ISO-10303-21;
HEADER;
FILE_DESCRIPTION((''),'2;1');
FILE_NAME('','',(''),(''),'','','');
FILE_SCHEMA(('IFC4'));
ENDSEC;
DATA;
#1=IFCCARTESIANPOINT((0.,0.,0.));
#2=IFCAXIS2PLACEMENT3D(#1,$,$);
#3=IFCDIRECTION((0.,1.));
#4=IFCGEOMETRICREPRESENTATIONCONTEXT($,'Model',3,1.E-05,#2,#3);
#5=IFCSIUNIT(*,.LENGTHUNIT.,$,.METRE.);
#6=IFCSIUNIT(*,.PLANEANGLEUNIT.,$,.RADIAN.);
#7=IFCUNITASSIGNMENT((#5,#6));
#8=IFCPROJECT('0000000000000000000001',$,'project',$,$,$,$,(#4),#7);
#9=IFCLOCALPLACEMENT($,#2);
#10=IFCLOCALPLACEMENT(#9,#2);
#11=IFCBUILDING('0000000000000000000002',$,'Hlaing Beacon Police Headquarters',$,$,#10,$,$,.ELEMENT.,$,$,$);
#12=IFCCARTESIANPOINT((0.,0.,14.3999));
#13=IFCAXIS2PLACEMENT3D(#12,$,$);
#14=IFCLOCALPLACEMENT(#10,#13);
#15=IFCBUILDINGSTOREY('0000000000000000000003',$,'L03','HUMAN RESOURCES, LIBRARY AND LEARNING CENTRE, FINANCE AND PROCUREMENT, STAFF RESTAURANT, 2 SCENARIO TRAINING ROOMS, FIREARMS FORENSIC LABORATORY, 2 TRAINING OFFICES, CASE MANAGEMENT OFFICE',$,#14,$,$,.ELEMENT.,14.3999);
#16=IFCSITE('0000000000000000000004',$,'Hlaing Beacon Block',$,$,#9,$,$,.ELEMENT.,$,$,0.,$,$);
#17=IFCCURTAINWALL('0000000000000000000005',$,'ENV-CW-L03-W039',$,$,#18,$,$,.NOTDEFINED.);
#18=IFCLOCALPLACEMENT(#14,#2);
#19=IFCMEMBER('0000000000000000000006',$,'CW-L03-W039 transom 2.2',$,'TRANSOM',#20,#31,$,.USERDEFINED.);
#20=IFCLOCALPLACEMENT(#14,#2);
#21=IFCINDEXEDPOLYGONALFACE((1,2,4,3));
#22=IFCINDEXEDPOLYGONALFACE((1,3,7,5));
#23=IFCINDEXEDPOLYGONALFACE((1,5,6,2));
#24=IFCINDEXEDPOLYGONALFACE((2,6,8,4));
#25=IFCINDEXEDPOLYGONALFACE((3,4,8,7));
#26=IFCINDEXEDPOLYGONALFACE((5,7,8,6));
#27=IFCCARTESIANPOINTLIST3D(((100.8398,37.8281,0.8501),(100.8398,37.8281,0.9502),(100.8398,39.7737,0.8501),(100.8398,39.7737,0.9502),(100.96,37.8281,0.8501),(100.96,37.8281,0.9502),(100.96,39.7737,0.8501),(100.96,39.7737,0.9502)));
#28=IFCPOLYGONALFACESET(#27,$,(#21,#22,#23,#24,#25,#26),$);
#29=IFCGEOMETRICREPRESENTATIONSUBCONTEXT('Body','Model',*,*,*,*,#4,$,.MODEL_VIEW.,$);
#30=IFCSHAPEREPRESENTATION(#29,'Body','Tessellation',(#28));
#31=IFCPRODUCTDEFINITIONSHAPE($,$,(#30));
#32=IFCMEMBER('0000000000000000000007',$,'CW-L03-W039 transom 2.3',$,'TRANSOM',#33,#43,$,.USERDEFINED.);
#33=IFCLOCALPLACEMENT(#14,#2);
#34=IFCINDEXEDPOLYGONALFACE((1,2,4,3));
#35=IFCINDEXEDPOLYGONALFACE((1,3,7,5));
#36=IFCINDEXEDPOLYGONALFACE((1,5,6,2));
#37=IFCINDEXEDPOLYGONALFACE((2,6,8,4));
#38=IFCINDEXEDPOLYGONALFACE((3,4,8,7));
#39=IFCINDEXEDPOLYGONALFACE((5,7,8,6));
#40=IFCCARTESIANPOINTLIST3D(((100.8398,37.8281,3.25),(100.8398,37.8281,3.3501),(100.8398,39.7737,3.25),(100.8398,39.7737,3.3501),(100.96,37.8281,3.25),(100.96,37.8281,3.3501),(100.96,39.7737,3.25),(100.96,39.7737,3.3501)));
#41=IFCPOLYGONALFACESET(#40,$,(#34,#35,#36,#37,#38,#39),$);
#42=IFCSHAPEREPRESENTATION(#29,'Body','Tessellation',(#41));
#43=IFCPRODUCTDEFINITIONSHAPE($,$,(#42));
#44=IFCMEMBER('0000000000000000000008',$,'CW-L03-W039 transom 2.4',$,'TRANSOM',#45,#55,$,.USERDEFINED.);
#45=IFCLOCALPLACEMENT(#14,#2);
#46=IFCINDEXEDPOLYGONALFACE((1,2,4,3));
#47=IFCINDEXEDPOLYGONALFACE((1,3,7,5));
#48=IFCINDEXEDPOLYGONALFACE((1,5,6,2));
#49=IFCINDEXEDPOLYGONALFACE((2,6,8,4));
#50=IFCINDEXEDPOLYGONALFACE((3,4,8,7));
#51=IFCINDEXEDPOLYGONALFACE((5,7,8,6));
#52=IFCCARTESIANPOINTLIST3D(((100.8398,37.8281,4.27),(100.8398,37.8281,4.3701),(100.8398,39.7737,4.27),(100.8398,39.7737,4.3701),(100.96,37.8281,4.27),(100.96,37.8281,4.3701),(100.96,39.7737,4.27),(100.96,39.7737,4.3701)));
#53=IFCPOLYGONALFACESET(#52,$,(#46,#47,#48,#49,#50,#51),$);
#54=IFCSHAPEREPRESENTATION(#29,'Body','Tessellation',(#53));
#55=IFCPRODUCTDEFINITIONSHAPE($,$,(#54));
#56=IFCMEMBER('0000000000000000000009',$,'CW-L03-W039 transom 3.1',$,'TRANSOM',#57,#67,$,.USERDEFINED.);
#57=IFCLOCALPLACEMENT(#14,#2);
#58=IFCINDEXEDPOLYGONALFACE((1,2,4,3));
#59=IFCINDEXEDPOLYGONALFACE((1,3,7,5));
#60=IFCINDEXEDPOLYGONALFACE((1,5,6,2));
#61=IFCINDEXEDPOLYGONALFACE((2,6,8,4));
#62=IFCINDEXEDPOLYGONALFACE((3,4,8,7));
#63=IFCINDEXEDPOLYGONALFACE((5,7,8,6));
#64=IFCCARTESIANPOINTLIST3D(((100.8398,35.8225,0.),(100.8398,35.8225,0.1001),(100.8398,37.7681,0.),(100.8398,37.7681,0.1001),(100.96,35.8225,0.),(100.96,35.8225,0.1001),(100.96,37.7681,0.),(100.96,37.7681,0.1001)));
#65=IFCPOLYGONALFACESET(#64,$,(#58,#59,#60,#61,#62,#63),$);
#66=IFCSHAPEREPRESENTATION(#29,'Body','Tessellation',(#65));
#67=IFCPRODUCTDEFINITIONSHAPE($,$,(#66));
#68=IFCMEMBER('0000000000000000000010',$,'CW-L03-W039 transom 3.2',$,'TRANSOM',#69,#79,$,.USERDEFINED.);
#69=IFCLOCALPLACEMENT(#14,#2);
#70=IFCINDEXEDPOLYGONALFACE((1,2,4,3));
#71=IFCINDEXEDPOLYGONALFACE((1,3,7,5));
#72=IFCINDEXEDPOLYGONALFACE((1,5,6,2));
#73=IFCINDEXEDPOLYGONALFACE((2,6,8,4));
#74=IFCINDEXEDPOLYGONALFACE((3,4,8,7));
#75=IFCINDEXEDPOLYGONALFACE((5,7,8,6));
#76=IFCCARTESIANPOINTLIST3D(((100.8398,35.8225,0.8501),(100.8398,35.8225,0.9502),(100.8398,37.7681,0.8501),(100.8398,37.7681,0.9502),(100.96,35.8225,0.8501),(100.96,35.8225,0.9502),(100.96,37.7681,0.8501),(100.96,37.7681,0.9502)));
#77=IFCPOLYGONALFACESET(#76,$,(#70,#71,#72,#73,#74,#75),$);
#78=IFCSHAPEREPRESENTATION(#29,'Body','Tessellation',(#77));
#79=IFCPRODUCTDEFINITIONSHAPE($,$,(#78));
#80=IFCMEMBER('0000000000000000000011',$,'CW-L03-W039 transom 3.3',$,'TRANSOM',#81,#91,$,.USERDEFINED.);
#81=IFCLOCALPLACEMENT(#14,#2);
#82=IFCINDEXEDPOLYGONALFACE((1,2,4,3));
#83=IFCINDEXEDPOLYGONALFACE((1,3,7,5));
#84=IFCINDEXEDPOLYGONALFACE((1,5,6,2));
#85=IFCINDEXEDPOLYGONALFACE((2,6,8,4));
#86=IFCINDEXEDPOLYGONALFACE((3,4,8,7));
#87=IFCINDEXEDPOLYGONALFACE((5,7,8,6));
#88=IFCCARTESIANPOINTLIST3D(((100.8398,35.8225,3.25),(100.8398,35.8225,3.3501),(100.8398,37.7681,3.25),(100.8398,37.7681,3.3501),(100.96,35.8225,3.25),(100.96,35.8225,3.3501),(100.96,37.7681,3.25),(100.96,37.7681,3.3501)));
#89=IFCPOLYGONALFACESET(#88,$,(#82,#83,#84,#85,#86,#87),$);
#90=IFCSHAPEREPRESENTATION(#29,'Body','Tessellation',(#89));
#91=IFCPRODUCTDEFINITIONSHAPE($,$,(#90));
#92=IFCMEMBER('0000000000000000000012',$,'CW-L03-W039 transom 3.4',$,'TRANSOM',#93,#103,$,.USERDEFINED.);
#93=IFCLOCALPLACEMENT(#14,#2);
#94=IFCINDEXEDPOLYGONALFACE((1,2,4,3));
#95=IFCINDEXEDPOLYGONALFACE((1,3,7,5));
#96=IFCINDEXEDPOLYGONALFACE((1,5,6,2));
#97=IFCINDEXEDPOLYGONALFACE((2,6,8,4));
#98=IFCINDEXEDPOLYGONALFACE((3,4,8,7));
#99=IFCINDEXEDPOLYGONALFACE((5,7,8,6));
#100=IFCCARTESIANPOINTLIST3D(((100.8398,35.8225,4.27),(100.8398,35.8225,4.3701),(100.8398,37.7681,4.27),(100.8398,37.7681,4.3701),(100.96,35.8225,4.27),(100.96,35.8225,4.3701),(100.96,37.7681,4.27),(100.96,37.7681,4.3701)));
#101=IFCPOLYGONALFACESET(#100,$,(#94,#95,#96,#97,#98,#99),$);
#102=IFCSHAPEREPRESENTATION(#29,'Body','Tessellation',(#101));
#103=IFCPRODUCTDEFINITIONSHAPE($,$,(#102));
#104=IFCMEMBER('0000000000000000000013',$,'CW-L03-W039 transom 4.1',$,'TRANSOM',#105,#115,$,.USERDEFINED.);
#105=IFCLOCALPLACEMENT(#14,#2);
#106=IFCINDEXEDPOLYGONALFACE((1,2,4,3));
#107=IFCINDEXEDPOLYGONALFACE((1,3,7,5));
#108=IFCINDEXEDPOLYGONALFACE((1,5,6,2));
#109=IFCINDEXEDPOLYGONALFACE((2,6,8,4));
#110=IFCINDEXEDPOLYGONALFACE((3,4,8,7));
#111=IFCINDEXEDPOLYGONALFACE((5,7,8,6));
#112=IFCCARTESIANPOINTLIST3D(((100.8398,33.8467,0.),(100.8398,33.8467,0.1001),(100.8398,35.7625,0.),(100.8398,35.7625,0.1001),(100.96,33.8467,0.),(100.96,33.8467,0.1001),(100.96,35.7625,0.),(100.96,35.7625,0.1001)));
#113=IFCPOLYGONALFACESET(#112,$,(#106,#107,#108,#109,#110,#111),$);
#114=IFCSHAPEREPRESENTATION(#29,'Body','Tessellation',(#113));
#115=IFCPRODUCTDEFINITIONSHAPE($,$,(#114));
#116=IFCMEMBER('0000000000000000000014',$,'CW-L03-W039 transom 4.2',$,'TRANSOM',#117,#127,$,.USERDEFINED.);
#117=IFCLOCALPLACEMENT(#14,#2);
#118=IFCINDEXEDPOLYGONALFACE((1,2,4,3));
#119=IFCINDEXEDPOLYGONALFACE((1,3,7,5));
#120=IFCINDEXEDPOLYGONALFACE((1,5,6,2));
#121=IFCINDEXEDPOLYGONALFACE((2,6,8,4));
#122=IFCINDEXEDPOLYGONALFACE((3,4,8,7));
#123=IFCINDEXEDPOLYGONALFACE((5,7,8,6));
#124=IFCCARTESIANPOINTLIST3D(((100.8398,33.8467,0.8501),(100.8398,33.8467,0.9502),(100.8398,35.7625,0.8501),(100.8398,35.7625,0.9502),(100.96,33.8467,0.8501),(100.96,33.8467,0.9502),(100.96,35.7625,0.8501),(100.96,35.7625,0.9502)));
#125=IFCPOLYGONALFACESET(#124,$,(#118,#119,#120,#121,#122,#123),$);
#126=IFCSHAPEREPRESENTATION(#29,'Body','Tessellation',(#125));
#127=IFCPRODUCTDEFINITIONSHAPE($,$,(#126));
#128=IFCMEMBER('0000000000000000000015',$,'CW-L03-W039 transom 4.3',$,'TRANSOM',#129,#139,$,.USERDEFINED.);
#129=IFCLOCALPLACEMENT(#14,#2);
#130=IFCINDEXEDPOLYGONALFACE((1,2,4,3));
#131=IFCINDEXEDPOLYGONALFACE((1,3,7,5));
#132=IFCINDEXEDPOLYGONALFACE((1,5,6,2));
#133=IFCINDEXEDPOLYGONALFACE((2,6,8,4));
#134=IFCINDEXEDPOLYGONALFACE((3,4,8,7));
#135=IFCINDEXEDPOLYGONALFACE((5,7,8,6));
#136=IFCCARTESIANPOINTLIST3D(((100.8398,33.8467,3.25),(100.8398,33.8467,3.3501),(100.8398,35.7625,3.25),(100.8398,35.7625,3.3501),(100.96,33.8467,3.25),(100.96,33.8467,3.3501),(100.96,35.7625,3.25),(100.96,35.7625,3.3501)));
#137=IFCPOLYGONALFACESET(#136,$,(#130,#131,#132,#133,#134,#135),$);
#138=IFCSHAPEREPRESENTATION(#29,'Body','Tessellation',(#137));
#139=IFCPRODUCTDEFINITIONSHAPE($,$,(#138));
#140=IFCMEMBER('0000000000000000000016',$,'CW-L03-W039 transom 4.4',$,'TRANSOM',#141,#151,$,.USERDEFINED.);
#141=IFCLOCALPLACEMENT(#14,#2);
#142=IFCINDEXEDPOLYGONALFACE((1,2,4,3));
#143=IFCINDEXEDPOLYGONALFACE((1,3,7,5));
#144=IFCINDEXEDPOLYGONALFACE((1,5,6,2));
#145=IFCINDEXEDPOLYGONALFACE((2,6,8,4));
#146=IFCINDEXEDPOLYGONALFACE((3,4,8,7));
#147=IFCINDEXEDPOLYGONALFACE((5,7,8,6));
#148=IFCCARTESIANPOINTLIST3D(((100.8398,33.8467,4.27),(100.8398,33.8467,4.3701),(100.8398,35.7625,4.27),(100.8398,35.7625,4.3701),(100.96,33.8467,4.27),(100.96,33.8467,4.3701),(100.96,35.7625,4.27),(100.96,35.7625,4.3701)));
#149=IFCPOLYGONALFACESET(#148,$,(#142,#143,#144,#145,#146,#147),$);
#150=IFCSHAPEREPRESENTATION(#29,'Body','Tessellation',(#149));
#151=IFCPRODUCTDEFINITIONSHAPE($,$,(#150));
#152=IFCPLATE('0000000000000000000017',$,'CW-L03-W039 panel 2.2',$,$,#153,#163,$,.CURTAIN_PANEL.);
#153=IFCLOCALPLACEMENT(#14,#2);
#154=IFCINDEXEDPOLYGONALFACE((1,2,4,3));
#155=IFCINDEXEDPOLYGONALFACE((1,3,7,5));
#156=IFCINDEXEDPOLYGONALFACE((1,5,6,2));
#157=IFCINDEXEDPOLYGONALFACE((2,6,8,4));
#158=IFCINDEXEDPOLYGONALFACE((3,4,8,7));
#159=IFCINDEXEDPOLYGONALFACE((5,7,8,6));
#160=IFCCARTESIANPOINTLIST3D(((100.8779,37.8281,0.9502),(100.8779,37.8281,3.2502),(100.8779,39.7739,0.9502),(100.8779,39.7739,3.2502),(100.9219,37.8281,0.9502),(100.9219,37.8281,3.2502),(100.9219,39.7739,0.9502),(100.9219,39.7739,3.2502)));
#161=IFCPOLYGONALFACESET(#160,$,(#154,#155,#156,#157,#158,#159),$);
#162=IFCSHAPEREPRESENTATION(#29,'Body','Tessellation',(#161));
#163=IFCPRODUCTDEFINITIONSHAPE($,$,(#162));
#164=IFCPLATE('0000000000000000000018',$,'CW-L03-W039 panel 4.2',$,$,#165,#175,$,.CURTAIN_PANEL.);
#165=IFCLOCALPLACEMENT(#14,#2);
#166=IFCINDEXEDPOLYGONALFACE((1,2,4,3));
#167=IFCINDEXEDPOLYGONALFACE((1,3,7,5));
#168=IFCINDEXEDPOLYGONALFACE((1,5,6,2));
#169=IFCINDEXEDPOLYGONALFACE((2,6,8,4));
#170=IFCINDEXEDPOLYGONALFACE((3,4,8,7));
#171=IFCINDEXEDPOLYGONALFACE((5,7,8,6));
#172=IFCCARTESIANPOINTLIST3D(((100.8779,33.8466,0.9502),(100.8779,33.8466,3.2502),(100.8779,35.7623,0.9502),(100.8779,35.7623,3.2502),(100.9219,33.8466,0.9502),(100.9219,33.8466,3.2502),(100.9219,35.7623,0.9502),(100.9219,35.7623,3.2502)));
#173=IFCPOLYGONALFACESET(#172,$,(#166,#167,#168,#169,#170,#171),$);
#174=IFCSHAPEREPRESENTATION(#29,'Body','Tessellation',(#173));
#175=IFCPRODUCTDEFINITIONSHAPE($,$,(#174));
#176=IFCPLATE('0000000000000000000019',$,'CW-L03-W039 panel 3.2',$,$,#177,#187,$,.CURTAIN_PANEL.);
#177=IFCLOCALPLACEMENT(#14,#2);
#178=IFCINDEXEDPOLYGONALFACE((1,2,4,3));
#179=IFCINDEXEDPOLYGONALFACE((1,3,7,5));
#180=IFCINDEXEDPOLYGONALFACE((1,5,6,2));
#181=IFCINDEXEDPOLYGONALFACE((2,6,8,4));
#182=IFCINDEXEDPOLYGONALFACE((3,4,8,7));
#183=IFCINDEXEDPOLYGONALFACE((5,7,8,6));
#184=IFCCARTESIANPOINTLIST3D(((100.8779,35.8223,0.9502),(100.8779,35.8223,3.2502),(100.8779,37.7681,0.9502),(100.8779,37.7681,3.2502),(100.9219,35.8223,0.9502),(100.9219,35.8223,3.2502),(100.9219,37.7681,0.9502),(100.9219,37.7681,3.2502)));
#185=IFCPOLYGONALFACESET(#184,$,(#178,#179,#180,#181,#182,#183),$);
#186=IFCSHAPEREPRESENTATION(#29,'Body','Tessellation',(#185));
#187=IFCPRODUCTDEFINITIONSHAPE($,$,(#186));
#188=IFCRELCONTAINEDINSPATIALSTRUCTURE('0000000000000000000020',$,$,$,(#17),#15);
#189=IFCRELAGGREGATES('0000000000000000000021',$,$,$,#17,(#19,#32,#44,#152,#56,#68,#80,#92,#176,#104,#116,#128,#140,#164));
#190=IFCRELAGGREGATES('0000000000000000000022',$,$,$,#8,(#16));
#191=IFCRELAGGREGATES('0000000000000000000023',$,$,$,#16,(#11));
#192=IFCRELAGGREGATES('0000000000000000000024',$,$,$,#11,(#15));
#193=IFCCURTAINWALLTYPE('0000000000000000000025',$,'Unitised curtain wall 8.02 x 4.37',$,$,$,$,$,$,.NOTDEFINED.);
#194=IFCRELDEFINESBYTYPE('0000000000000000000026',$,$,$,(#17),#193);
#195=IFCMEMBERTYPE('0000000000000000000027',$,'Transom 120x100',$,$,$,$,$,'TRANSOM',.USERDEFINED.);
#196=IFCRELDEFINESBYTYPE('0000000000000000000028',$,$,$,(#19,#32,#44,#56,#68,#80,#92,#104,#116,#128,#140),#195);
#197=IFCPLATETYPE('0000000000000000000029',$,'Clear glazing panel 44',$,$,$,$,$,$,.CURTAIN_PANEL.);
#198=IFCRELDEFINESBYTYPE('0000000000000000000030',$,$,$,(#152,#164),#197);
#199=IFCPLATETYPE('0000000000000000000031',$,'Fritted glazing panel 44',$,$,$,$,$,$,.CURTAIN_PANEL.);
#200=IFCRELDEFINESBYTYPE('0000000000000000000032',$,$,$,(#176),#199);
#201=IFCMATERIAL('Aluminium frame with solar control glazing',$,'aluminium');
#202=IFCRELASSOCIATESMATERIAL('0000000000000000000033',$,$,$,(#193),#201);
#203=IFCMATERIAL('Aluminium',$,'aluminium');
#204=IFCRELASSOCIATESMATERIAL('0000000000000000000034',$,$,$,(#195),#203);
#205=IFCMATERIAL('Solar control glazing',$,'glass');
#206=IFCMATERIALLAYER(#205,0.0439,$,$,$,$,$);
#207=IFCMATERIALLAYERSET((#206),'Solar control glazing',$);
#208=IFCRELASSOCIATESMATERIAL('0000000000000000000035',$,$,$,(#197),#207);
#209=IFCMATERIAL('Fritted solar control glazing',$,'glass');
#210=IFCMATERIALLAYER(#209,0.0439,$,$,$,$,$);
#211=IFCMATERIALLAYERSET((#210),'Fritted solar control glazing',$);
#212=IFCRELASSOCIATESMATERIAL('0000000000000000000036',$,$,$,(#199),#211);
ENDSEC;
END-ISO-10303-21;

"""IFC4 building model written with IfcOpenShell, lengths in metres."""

from ifc_helpers import new_model, si_unit, direction, frame, origin, origin_2d, place, context, subcontext, project, spatial, rectangle, extrude, material, layer, layer_set, material_profile, profile_set, type_object, element, aggregate, save


model = new_model("IFC4")

# Units and contexts
model_context = context("Model", 3, precision=1e-05, world=origin(), true_north=direction((0.0, 1.0)))
body_context = subcontext(model_context, "Body", "Model", "MODEL_VIEW")
ifc_project = project(units=[si_unit("LENGTHUNIT", "METRE"), si_unit("PLANEANGLEUNIT", "RADIAN")], contexts=[model_context])

# Site, building, storey
site_placement = place(None, origin())
site = spatial("IfcSite", under=ifc_project, at=site_placement, Name="Hlaing Beacon Block", CompositionType="ELEMENT", RefElevation=0.0)
building_placement = place(site_placement, origin())
building = spatial("IfcBuilding", under=site, at=building_placement, Name="Hlaing Beacon Police Headquarters", CompositionType="ELEMENT")
storey_placement = place(building_placement, frame((0.0, 0.0, 14.3999)))
storey = spatial("IfcBuildingStorey", under=building, at=storey_placement, Name="L03", Description="HUMAN RESOURCES, LIBRARY AND LEARNING CENTRE, FINANCE AND PROCUREMENT, STAFF RESTAURANT, 2 SCENARIO TRAINING ROOMS, FIREARMS FORENSIC LABORATORY, 2 TRAINING OFFICES, CASE MANAGEMENT OFFICE", CompositionType="ELEMENT", Elevation=14.3999)

# Curtain wall
ifc_material_1 = material(Name="Aluminium frame with solar control glazing", Category="aluminium")
curtain_wall_type_1 = type_object("IfcCurtainWallType", Name="Unitised curtain wall 8.02 x 4.37", PredefinedType="NOTDEFINED", material=ifc_material_1)
curtain_wall_1_placement = place(storey_placement, origin())
curtain_wall_1 = element("IfcCurtainWall", 1, at=curtain_wall_1_placement, inside=storey, type_object=curtain_wall_type_1, Name="ENV-CW-L03-W039", PredefinedType="NOTDEFINED")

# Members
ifc_material_2 = material(Name="Aluminium", Category="aluminium")
ifc_material_profile_1 = material_profile(ifc_material_2, rectangle(XDim=0.1201, YDim=0.1001, at=origin_2d()), Name="Transom 120x100")
ifc_profile_set_1 = profile_set([ifc_material_profile_1], Name="Aluminium")
member_type_1 = type_object("IfcMemberType", Name="Transom 120x100", ElementType="TRANSOM", PredefinedType="USERDEFINED", material=ifc_profile_set_1)
member_1_placement = place(storey_placement, frame((100.8999, 39.7737, 0.9001), z_axis=(0.0, -1.0, 0.0), x_axis=(1.0, 0.0, 0.0)))
member_1 = element("IfcMember", 2, at=member_1_placement, type_object=member_type_1, Name="CW-L03-W039 transom 2.2", ObjectType="TRANSOM", PredefinedType="USERDEFINED", context=body_context, shape_type="SweptSolid", body=[
    extrude(rectangle(XDim=0.1201, YDim=0.1001, at=origin_2d()), origin(), (0.0, 0.0, 1.0), 1.9456),
])
member_2_placement = place(storey_placement, frame((100.8999, 39.7737, 3.3), z_axis=(0.0, -1.0, 0.0), x_axis=(1.0, 0.0, 0.0)))
member_2 = element("IfcMember", 3, at=member_2_placement, type_object=member_type_1, Name="CW-L03-W039 transom 2.3", ObjectType="TRANSOM", PredefinedType="USERDEFINED", context=body_context, shape_type="SweptSolid", body=[
    extrude(rectangle(XDim=0.1201, YDim=0.1001, at=origin_2d()), origin(), (0.0, 0.0, 1.0), 1.9456),
])
member_3_placement = place(storey_placement, frame((100.8999, 39.7737, 4.3201), z_axis=(0.0, -1.0, 0.0), x_axis=(1.0, 0.0, 0.0)))
member_3 = element("IfcMember", 4, at=member_3_placement, type_object=member_type_1, Name="CW-L03-W039 transom 2.4", ObjectType="TRANSOM", PredefinedType="USERDEFINED", context=body_context, shape_type="SweptSolid", body=[
    extrude(rectangle(XDim=0.1201, YDim=0.1001, at=origin_2d()), origin(), (0.0, 0.0, 1.0), 1.9456),
])
member_4_placement = place(storey_placement, frame((100.8999, 37.7681, 0.05), z_axis=(0.0, -1.0, 0.0), x_axis=(1.0, 0.0, 0.0)))
member_4 = element("IfcMember", 5, at=member_4_placement, type_object=member_type_1, Name="CW-L03-W039 transom 3.1", ObjectType="TRANSOM", PredefinedType="USERDEFINED", context=body_context, shape_type="SweptSolid", body=[
    extrude(rectangle(XDim=0.1201, YDim=0.1001, at=origin_2d()), origin(), (0.0, 0.0, 1.0), 1.9456),
])
member_5_placement = place(storey_placement, frame((100.8999, 37.7681, 0.9001), z_axis=(0.0, -1.0, 0.0), x_axis=(1.0, 0.0, 0.0)))
member_5 = element("IfcMember", 6, at=member_5_placement, type_object=member_type_1, Name="CW-L03-W039 transom 3.2", ObjectType="TRANSOM", PredefinedType="USERDEFINED", context=body_context, shape_type="SweptSolid", body=[
    extrude(rectangle(XDim=0.1201, YDim=0.1001, at=origin_2d()), origin(), (0.0, 0.0, 1.0), 1.9456),
])
member_6_placement = place(storey_placement, frame((100.8999, 37.7681, 3.3), z_axis=(0.0, -1.0, 0.0), x_axis=(1.0, 0.0, 0.0)))
member_6 = element("IfcMember", 7, at=member_6_placement, type_object=member_type_1, Name="CW-L03-W039 transom 3.3", ObjectType="TRANSOM", PredefinedType="USERDEFINED", context=body_context, shape_type="SweptSolid", body=[
    extrude(rectangle(XDim=0.1201, YDim=0.1001, at=origin_2d()), origin(), (0.0, 0.0, 1.0), 1.9456),
])
member_7_placement = place(storey_placement, frame((100.8999, 37.7681, 4.3201), z_axis=(0.0, -1.0, 0.0), x_axis=(1.0, 0.0, 0.0)))
member_7 = element("IfcMember", 8, at=member_7_placement, type_object=member_type_1, Name="CW-L03-W039 transom 3.4", ObjectType="TRANSOM", PredefinedType="USERDEFINED", context=body_context, shape_type="SweptSolid", body=[
    extrude(rectangle(XDim=0.1201, YDim=0.1001, at=origin_2d()), origin(), (0.0, 0.0, 1.0), 1.9456),
])
member_8_placement = place(storey_placement, frame((100.8999, 35.7625, 0.05), z_axis=(0.0, -1.0, 0.0), x_axis=(1.0, 0.0, 0.0)))
member_8 = element("IfcMember", 9, at=member_8_placement, type_object=member_type_1, Name="CW-L03-W039 transom 4.1", ObjectType="TRANSOM", PredefinedType="USERDEFINED", context=body_context, shape_type="SweptSolid", body=[
    extrude(rectangle(XDim=0.1201, YDim=0.1001, at=origin_2d()), origin(), (0.0, 0.0, 1.0), 1.9158),
])
member_9_placement = place(storey_placement, frame((100.8999, 35.7625, 0.9001), z_axis=(0.0, -1.0, 0.0), x_axis=(1.0, 0.0, 0.0)))
member_9 = element("IfcMember", 10, at=member_9_placement, type_object=member_type_1, Name="CW-L03-W039 transom 4.2", ObjectType="TRANSOM", PredefinedType="USERDEFINED", context=body_context, shape_type="SweptSolid", body=[
    extrude(rectangle(XDim=0.1201, YDim=0.1001, at=origin_2d()), origin(), (0.0, 0.0, 1.0), 1.9158),
])
member_10_placement = place(storey_placement, frame((100.8999, 35.7625, 3.3), z_axis=(0.0, -1.0, 0.0), x_axis=(1.0, 0.0, 0.0)))
member_10 = element("IfcMember", 11, at=member_10_placement, type_object=member_type_1, Name="CW-L03-W039 transom 4.3", ObjectType="TRANSOM", PredefinedType="USERDEFINED", context=body_context, shape_type="SweptSolid", body=[
    extrude(rectangle(XDim=0.1201, YDim=0.1001, at=origin_2d()), origin(), (0.0, 0.0, 1.0), 1.9158),
])
member_11_placement = place(storey_placement, frame((100.8999, 35.7625, 4.3201), z_axis=(0.0, -1.0, 0.0), x_axis=(1.0, 0.0, 0.0)))
member_11 = element("IfcMember", 12, at=member_11_placement, type_object=member_type_1, Name="CW-L03-W039 transom 4.4", ObjectType="TRANSOM", PredefinedType="USERDEFINED", context=body_context, shape_type="SweptSolid", body=[
    extrude(rectangle(XDim=0.1201, YDim=0.1001, at=origin_2d()), origin(), (0.0, 0.0, 1.0), 1.9158),
])

# Plates
ifc_material_3 = material(Name="Solar control glazing", Category="glass")
ifc_layer_1 = layer(ifc_material_3, 0.0439)
ifc_layer_set_1 = layer_set([ifc_layer_1], Name="Solar control glazing")
plate_type_1 = type_object("IfcPlateType", Name="Clear glazing panel 44", PredefinedType="CURTAIN_PANEL", material=ifc_layer_set_1)
plate_1_placement = place(storey_placement, frame((100.8999, 38.801, 0.9502), z_axis=(0.0, 0.0, 1.0), x_axis=(0.0, -1.0, 0.0)))
plate_1 = element("IfcPlate", 13, at=plate_1_placement, type_object=plate_type_1, Name="CW-L03-W039 panel 2.2", PredefinedType="CURTAIN_PANEL", context=body_context, shape_type="SweptSolid", body=[
    extrude(rectangle(XDim=1.9458, YDim=0.0439, at=origin_2d()), origin(), (0.0, 0.0, 1.0), 2.3),
])
plate_2_placement = place(storey_placement, frame((100.8999, 34.8044, 0.9502), z_axis=(0.0, 0.0, 1.0), x_axis=(0.0, -1.0, 0.0)))
plate_2 = element("IfcPlate", 14, at=plate_2_placement, type_object=plate_type_1, Name="CW-L03-W039 panel 4.2", PredefinedType="CURTAIN_PANEL", context=body_context, shape_type="SweptSolid", body=[
    extrude(rectangle(XDim=1.9158, YDim=0.0439, at=origin_2d()), origin(), (0.0, 0.0, 1.0), 2.3),
])
ifc_material_4 = material(Name="Fritted solar control glazing", Category="glass")
ifc_layer_2 = layer(ifc_material_4, 0.0439)
ifc_layer_set_2 = layer_set([ifc_layer_2], Name="Fritted solar control glazing")
plate_type_2 = type_object("IfcPlateType", Name="Fritted glazing panel 44", PredefinedType="CURTAIN_PANEL", material=ifc_layer_set_2)
plate_3_placement = place(storey_placement, frame((100.8999, 36.7952, 0.9502), z_axis=(0.0, 0.0, 1.0), x_axis=(0.0, -1.0, 0.0)))
plate_3 = element("IfcPlate", 15, at=plate_3_placement, type_object=plate_type_2, Name="CW-L03-W039 panel 3.2", PredefinedType="CURTAIN_PANEL", context=body_context, shape_type="SweptSolid", body=[
    extrude(rectangle(XDim=1.9458, YDim=0.0439, at=origin_2d()), origin(), (0.0, 0.0, 1.0), 2.3),
])
aggregate(curtain_wall_1, [member_1, member_2, member_3, plate_1, member_4, member_5, member_6, member_7, plate_3, member_8, member_9, member_10, member_11, plate_2])

save(model, "model.ifc")
